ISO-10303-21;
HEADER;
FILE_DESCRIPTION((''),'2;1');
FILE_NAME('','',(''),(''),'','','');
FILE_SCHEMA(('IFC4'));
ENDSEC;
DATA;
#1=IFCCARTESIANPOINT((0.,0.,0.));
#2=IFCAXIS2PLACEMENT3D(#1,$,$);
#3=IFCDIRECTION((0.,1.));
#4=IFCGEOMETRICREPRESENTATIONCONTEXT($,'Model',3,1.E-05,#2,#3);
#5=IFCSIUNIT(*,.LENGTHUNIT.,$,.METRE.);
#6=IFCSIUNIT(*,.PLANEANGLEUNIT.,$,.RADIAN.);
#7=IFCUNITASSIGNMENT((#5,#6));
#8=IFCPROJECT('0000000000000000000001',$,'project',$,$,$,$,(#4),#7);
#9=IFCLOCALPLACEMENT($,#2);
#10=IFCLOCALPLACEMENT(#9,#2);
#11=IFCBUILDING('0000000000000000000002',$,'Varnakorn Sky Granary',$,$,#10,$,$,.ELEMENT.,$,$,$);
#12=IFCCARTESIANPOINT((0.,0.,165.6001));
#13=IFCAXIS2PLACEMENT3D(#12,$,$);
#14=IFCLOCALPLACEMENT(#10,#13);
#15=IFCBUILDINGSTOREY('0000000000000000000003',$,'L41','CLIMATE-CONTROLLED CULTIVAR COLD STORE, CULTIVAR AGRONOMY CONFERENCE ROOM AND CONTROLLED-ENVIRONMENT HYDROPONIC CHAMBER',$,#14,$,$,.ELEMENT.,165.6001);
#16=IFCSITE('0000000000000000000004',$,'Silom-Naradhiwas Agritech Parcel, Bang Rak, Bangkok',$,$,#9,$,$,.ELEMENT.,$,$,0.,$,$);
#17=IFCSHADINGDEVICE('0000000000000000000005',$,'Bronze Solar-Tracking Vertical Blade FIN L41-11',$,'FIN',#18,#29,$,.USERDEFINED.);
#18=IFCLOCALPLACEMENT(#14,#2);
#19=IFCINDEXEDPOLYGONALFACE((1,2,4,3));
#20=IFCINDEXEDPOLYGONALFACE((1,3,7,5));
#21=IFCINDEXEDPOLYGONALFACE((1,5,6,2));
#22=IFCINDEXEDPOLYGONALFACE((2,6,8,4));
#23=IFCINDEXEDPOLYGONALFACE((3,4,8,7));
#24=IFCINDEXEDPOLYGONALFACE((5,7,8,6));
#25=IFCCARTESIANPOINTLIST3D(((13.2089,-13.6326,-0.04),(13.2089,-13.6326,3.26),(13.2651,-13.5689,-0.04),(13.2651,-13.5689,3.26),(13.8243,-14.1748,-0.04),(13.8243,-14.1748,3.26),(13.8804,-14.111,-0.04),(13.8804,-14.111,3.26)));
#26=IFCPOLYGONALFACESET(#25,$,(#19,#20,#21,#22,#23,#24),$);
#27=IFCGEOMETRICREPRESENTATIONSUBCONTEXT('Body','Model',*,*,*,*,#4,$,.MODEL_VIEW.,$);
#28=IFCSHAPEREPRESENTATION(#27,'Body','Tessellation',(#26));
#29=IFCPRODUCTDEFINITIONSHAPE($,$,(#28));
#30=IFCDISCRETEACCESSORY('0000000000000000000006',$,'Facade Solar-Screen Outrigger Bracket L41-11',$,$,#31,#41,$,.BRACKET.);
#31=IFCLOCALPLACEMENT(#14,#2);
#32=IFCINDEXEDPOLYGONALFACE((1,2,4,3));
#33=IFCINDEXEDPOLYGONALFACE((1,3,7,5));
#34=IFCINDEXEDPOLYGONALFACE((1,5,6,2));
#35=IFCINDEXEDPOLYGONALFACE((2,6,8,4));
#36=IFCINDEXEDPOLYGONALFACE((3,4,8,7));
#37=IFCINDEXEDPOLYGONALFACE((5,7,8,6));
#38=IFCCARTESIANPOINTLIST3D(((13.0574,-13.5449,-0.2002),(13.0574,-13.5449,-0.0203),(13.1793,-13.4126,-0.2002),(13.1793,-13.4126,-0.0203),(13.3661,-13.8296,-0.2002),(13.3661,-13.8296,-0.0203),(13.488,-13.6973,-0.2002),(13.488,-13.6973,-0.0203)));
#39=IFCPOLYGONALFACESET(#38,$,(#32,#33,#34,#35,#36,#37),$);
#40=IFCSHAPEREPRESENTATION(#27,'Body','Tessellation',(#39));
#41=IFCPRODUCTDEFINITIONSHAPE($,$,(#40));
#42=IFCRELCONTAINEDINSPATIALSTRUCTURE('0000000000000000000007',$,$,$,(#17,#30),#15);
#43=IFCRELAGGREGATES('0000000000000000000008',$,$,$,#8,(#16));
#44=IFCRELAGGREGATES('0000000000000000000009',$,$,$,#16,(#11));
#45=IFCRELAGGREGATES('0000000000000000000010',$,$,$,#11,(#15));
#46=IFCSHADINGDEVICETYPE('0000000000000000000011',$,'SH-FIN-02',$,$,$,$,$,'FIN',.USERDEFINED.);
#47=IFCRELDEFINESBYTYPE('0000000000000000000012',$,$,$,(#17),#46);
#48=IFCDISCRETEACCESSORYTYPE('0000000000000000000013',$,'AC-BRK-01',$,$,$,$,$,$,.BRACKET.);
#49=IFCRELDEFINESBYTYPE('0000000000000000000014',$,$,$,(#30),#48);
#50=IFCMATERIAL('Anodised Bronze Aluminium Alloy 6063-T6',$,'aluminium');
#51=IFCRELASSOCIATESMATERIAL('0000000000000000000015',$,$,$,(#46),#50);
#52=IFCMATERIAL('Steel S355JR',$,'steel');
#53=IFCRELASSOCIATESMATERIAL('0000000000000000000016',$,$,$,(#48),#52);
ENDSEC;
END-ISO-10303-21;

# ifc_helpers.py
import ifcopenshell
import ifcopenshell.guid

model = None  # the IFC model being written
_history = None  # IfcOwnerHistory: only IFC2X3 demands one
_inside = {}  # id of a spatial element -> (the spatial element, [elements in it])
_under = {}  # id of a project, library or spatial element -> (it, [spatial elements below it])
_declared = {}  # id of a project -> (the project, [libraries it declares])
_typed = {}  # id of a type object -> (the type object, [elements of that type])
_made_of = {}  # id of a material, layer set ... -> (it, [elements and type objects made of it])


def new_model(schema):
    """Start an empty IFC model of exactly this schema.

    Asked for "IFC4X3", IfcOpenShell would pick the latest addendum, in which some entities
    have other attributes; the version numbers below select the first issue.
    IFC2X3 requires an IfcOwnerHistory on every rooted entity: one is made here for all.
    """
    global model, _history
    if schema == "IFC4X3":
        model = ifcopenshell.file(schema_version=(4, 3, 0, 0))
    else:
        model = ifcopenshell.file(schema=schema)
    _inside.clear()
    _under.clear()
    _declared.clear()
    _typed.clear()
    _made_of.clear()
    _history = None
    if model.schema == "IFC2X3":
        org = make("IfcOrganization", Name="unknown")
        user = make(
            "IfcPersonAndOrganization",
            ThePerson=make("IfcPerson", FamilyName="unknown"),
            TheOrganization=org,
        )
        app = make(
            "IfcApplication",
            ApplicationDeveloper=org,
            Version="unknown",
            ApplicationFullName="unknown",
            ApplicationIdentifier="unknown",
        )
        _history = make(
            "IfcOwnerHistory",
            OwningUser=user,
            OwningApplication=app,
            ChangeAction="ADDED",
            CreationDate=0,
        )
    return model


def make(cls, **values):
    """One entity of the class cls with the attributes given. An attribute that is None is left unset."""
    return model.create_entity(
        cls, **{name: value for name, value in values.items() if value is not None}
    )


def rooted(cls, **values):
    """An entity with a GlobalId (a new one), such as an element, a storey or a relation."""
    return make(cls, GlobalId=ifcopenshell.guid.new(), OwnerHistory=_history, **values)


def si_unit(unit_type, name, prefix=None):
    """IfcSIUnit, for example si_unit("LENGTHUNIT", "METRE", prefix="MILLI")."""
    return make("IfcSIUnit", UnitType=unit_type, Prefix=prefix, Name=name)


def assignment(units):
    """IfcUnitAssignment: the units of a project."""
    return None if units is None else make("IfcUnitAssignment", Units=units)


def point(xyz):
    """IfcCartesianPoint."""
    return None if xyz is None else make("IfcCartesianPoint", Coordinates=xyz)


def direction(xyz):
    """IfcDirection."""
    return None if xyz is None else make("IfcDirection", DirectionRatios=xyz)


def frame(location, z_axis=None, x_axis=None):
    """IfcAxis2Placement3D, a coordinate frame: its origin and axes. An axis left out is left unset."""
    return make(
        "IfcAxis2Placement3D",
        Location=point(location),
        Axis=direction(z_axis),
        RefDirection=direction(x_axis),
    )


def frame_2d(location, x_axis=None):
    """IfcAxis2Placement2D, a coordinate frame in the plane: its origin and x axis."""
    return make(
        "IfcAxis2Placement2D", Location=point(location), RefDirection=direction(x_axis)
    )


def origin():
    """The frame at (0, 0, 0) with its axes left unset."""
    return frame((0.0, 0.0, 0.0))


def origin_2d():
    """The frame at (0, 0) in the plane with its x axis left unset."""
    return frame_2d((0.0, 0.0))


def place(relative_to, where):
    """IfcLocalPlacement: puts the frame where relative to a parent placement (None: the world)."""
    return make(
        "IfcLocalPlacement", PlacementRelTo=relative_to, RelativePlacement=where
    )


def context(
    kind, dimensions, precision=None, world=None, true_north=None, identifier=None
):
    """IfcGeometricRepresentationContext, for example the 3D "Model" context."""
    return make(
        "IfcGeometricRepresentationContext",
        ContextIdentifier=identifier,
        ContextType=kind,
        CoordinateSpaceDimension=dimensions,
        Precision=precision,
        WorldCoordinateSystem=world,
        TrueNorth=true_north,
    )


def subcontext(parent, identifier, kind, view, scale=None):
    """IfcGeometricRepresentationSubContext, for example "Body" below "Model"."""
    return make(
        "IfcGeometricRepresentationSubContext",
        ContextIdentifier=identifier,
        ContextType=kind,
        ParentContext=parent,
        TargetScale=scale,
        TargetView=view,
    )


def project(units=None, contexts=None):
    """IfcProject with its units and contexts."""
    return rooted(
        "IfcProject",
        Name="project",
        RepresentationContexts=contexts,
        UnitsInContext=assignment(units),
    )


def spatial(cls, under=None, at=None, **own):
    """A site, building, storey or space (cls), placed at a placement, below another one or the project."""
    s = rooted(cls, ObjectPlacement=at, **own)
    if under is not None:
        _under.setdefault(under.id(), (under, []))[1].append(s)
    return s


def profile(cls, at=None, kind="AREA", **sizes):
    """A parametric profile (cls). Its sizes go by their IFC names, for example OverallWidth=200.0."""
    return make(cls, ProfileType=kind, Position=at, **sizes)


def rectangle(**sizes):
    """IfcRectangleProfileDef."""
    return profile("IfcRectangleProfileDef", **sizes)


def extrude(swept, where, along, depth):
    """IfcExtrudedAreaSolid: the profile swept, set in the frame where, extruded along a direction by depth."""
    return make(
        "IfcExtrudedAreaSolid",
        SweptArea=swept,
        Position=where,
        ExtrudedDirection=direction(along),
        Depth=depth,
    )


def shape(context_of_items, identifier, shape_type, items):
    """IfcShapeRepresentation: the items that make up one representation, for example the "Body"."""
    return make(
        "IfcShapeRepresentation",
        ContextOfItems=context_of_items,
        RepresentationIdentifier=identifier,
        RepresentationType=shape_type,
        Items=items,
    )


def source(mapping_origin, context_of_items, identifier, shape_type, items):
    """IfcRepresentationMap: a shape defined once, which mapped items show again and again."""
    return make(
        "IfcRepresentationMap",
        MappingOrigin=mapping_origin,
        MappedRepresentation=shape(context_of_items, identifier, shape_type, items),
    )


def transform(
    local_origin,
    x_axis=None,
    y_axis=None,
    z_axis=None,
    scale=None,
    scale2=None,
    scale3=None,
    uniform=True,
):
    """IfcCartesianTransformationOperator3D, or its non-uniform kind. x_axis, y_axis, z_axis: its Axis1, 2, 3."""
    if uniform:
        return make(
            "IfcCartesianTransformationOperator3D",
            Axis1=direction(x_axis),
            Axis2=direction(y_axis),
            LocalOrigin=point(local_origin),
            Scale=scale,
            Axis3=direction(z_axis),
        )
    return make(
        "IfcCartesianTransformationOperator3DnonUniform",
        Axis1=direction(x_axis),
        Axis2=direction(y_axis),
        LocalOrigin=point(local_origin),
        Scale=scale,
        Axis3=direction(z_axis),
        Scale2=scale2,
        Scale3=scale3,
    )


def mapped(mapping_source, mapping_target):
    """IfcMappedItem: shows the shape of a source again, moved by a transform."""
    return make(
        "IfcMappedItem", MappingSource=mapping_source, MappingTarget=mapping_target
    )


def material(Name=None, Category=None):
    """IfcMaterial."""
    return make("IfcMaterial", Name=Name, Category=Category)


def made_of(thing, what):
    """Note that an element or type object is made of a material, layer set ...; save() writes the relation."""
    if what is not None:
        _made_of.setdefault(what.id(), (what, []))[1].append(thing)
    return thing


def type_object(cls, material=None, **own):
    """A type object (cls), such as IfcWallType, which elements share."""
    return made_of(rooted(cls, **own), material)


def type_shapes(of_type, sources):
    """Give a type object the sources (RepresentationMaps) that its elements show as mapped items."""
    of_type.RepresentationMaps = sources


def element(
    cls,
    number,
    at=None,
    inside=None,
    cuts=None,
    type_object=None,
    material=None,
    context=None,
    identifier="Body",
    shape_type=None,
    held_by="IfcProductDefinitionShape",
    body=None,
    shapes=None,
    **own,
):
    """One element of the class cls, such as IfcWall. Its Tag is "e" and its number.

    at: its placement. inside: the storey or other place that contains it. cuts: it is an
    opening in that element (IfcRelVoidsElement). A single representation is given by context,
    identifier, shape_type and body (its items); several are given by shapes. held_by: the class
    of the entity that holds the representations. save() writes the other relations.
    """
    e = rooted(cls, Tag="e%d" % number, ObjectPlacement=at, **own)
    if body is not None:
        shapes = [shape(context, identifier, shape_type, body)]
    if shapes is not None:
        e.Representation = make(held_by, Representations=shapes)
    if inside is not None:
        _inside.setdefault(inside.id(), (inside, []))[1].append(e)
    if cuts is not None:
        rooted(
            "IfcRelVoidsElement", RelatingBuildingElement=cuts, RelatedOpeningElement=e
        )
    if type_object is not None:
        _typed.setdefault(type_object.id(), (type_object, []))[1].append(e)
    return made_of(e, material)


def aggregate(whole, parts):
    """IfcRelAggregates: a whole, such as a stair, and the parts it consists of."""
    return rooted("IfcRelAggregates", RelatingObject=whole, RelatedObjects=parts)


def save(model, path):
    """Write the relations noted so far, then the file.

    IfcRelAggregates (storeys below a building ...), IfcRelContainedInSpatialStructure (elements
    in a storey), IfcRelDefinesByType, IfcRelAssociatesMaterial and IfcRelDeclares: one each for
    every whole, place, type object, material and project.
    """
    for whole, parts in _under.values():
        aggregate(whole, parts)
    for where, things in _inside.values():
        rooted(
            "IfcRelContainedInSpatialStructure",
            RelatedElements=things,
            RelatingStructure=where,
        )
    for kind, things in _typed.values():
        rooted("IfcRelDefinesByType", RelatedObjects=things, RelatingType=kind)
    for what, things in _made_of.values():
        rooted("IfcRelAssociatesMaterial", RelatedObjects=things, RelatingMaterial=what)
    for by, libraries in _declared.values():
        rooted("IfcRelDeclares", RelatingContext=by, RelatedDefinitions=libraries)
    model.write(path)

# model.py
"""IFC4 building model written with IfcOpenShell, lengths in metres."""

from ifc_helpers import new_model, si_unit, direction, frame, origin, origin_2d, place, context, subcontext, project, spatial, rectangle, extrude, source, transform, mapped, material, type_object, type_shapes, element, save


model = new_model("IFC4")

# Units and contexts
model_context = context("Model", 3, precision=1e-05, world=origin(), true_north=direction((0.0, 1.0)))
body_context = subcontext(model_context, "Body", "Model", "MODEL_VIEW")
ifc_project = project(units=[si_unit("LENGTHUNIT", "METRE"), si_unit("PLANEANGLEUNIT", "RADIAN")], contexts=[model_context])

# Site, building, storey
site_placement = place(None, origin())
site = spatial("IfcSite", under=ifc_project, at=site_placement, Name="Silom-Naradhiwas Agritech Parcel, Bang Rak, Bangkok", CompositionType="ELEMENT", RefElevation=0.0)
building_placement = place(site_placement, origin())
building = spatial("IfcBuilding", under=site, at=building_placement, Name="Varnakorn Sky Granary", CompositionType="ELEMENT")
storey_placement = place(building_placement, frame((0.0, 0.0, 165.6001)))
storey = spatial("IfcBuildingStorey", under=building, at=storey_placement, Name="L41", Description="CLIMATE-CONTROLLED CULTIVAR COLD STORE, CULTIVAR AGRONOMY CONFERENCE ROOM AND CONTROLLED-ENVIRONMENT HYDROPONIC CHAMBER", CompositionType="ELEMENT", Elevation=165.6001)

# Shared definitions
ifc_material_1 = material(Name="Anodised Bronze Aluminium Alloy 6063-T6", Category="aluminium")

# Shading device
shading_device_type = type_object("IfcShadingDeviceType", Name="SH-FIN-02", ElementType="FIN", PredefinedType="USERDEFINED", material=ifc_material_1)
shared_shape_1 = source(origin(), body_context, "Body", "SweptSolid", [
    extrude(rectangle(XDim=0.085, YDim=0.8201, at=origin_2d()), origin(), (0.0, 0.0, 1.0), 3.3),
])
type_shapes(shading_device_type, [shared_shape_1])
shading_device_placement = place(storey_placement, frame((13.5447, -13.8718, -0.04), z_axis=(0.0, 0.0, 1.0), x_axis=(0.661069, 0.750325, 0.0)))
element("IfcShadingDevice", 1, at=shading_device_placement, inside=storey, type_object=shading_device_type, Name="Bronze Solar-Tracking Vertical Blade FIN L41-11", ObjectType="FIN", PredefinedType="USERDEFINED", context=body_context, shape_type="MappedRepresentation", body=[
    mapped(shared_shape_1, transform((0.0, 0.0, 0.0), x_axis=(1.0, 0.0, 0.0), y_axis=(0.0, 1.0, 0.0), z_axis=(0.0, 0.0, 1.0), scale=1.0)),
])

# Discrete accessory
ifc_material_2 = material(Name="Steel S355JR", Category="steel")
discrete_accessory_type = type_object("IfcDiscreteAccessoryType", Name="AC-BRK-01", PredefinedType="BRACKET", material=ifc_material_2)
shared_shape_2 = source(origin(), body_context, "Body", "SweptSolid", [
    extrude(rectangle(XDim=0.1799, YDim=0.4199, at=origin_2d()), origin(), (0.0, 0.0, 1.0), 0.1799),
])
type_shapes(discrete_accessory_type, [shared_shape_2])
discrete_accessory_placement = place(storey_placement, frame((13.2727, -13.6211, -0.2002), z_axis=(0.0, 0.0, 1.0), x_axis=(0.677868, 0.735183, 0.0)))
element("IfcDiscreteAccessory", 2, at=discrete_accessory_placement, inside=storey, type_object=discrete_accessory_type, Name="Facade Solar-Screen Outrigger Bracket L41-11", PredefinedType="BRACKET", context=body_context, shape_type="MappedRepresentation", body=[
    mapped(shared_shape_2, transform((0.0, 0.0, 0.0), x_axis=(1.0, 0.0, 0.0), y_axis=(0.0, 1.0, 0.0), z_axis=(0.0, 0.0, 1.0), scale=1.0)),
])

save(model, "model.ifc")
